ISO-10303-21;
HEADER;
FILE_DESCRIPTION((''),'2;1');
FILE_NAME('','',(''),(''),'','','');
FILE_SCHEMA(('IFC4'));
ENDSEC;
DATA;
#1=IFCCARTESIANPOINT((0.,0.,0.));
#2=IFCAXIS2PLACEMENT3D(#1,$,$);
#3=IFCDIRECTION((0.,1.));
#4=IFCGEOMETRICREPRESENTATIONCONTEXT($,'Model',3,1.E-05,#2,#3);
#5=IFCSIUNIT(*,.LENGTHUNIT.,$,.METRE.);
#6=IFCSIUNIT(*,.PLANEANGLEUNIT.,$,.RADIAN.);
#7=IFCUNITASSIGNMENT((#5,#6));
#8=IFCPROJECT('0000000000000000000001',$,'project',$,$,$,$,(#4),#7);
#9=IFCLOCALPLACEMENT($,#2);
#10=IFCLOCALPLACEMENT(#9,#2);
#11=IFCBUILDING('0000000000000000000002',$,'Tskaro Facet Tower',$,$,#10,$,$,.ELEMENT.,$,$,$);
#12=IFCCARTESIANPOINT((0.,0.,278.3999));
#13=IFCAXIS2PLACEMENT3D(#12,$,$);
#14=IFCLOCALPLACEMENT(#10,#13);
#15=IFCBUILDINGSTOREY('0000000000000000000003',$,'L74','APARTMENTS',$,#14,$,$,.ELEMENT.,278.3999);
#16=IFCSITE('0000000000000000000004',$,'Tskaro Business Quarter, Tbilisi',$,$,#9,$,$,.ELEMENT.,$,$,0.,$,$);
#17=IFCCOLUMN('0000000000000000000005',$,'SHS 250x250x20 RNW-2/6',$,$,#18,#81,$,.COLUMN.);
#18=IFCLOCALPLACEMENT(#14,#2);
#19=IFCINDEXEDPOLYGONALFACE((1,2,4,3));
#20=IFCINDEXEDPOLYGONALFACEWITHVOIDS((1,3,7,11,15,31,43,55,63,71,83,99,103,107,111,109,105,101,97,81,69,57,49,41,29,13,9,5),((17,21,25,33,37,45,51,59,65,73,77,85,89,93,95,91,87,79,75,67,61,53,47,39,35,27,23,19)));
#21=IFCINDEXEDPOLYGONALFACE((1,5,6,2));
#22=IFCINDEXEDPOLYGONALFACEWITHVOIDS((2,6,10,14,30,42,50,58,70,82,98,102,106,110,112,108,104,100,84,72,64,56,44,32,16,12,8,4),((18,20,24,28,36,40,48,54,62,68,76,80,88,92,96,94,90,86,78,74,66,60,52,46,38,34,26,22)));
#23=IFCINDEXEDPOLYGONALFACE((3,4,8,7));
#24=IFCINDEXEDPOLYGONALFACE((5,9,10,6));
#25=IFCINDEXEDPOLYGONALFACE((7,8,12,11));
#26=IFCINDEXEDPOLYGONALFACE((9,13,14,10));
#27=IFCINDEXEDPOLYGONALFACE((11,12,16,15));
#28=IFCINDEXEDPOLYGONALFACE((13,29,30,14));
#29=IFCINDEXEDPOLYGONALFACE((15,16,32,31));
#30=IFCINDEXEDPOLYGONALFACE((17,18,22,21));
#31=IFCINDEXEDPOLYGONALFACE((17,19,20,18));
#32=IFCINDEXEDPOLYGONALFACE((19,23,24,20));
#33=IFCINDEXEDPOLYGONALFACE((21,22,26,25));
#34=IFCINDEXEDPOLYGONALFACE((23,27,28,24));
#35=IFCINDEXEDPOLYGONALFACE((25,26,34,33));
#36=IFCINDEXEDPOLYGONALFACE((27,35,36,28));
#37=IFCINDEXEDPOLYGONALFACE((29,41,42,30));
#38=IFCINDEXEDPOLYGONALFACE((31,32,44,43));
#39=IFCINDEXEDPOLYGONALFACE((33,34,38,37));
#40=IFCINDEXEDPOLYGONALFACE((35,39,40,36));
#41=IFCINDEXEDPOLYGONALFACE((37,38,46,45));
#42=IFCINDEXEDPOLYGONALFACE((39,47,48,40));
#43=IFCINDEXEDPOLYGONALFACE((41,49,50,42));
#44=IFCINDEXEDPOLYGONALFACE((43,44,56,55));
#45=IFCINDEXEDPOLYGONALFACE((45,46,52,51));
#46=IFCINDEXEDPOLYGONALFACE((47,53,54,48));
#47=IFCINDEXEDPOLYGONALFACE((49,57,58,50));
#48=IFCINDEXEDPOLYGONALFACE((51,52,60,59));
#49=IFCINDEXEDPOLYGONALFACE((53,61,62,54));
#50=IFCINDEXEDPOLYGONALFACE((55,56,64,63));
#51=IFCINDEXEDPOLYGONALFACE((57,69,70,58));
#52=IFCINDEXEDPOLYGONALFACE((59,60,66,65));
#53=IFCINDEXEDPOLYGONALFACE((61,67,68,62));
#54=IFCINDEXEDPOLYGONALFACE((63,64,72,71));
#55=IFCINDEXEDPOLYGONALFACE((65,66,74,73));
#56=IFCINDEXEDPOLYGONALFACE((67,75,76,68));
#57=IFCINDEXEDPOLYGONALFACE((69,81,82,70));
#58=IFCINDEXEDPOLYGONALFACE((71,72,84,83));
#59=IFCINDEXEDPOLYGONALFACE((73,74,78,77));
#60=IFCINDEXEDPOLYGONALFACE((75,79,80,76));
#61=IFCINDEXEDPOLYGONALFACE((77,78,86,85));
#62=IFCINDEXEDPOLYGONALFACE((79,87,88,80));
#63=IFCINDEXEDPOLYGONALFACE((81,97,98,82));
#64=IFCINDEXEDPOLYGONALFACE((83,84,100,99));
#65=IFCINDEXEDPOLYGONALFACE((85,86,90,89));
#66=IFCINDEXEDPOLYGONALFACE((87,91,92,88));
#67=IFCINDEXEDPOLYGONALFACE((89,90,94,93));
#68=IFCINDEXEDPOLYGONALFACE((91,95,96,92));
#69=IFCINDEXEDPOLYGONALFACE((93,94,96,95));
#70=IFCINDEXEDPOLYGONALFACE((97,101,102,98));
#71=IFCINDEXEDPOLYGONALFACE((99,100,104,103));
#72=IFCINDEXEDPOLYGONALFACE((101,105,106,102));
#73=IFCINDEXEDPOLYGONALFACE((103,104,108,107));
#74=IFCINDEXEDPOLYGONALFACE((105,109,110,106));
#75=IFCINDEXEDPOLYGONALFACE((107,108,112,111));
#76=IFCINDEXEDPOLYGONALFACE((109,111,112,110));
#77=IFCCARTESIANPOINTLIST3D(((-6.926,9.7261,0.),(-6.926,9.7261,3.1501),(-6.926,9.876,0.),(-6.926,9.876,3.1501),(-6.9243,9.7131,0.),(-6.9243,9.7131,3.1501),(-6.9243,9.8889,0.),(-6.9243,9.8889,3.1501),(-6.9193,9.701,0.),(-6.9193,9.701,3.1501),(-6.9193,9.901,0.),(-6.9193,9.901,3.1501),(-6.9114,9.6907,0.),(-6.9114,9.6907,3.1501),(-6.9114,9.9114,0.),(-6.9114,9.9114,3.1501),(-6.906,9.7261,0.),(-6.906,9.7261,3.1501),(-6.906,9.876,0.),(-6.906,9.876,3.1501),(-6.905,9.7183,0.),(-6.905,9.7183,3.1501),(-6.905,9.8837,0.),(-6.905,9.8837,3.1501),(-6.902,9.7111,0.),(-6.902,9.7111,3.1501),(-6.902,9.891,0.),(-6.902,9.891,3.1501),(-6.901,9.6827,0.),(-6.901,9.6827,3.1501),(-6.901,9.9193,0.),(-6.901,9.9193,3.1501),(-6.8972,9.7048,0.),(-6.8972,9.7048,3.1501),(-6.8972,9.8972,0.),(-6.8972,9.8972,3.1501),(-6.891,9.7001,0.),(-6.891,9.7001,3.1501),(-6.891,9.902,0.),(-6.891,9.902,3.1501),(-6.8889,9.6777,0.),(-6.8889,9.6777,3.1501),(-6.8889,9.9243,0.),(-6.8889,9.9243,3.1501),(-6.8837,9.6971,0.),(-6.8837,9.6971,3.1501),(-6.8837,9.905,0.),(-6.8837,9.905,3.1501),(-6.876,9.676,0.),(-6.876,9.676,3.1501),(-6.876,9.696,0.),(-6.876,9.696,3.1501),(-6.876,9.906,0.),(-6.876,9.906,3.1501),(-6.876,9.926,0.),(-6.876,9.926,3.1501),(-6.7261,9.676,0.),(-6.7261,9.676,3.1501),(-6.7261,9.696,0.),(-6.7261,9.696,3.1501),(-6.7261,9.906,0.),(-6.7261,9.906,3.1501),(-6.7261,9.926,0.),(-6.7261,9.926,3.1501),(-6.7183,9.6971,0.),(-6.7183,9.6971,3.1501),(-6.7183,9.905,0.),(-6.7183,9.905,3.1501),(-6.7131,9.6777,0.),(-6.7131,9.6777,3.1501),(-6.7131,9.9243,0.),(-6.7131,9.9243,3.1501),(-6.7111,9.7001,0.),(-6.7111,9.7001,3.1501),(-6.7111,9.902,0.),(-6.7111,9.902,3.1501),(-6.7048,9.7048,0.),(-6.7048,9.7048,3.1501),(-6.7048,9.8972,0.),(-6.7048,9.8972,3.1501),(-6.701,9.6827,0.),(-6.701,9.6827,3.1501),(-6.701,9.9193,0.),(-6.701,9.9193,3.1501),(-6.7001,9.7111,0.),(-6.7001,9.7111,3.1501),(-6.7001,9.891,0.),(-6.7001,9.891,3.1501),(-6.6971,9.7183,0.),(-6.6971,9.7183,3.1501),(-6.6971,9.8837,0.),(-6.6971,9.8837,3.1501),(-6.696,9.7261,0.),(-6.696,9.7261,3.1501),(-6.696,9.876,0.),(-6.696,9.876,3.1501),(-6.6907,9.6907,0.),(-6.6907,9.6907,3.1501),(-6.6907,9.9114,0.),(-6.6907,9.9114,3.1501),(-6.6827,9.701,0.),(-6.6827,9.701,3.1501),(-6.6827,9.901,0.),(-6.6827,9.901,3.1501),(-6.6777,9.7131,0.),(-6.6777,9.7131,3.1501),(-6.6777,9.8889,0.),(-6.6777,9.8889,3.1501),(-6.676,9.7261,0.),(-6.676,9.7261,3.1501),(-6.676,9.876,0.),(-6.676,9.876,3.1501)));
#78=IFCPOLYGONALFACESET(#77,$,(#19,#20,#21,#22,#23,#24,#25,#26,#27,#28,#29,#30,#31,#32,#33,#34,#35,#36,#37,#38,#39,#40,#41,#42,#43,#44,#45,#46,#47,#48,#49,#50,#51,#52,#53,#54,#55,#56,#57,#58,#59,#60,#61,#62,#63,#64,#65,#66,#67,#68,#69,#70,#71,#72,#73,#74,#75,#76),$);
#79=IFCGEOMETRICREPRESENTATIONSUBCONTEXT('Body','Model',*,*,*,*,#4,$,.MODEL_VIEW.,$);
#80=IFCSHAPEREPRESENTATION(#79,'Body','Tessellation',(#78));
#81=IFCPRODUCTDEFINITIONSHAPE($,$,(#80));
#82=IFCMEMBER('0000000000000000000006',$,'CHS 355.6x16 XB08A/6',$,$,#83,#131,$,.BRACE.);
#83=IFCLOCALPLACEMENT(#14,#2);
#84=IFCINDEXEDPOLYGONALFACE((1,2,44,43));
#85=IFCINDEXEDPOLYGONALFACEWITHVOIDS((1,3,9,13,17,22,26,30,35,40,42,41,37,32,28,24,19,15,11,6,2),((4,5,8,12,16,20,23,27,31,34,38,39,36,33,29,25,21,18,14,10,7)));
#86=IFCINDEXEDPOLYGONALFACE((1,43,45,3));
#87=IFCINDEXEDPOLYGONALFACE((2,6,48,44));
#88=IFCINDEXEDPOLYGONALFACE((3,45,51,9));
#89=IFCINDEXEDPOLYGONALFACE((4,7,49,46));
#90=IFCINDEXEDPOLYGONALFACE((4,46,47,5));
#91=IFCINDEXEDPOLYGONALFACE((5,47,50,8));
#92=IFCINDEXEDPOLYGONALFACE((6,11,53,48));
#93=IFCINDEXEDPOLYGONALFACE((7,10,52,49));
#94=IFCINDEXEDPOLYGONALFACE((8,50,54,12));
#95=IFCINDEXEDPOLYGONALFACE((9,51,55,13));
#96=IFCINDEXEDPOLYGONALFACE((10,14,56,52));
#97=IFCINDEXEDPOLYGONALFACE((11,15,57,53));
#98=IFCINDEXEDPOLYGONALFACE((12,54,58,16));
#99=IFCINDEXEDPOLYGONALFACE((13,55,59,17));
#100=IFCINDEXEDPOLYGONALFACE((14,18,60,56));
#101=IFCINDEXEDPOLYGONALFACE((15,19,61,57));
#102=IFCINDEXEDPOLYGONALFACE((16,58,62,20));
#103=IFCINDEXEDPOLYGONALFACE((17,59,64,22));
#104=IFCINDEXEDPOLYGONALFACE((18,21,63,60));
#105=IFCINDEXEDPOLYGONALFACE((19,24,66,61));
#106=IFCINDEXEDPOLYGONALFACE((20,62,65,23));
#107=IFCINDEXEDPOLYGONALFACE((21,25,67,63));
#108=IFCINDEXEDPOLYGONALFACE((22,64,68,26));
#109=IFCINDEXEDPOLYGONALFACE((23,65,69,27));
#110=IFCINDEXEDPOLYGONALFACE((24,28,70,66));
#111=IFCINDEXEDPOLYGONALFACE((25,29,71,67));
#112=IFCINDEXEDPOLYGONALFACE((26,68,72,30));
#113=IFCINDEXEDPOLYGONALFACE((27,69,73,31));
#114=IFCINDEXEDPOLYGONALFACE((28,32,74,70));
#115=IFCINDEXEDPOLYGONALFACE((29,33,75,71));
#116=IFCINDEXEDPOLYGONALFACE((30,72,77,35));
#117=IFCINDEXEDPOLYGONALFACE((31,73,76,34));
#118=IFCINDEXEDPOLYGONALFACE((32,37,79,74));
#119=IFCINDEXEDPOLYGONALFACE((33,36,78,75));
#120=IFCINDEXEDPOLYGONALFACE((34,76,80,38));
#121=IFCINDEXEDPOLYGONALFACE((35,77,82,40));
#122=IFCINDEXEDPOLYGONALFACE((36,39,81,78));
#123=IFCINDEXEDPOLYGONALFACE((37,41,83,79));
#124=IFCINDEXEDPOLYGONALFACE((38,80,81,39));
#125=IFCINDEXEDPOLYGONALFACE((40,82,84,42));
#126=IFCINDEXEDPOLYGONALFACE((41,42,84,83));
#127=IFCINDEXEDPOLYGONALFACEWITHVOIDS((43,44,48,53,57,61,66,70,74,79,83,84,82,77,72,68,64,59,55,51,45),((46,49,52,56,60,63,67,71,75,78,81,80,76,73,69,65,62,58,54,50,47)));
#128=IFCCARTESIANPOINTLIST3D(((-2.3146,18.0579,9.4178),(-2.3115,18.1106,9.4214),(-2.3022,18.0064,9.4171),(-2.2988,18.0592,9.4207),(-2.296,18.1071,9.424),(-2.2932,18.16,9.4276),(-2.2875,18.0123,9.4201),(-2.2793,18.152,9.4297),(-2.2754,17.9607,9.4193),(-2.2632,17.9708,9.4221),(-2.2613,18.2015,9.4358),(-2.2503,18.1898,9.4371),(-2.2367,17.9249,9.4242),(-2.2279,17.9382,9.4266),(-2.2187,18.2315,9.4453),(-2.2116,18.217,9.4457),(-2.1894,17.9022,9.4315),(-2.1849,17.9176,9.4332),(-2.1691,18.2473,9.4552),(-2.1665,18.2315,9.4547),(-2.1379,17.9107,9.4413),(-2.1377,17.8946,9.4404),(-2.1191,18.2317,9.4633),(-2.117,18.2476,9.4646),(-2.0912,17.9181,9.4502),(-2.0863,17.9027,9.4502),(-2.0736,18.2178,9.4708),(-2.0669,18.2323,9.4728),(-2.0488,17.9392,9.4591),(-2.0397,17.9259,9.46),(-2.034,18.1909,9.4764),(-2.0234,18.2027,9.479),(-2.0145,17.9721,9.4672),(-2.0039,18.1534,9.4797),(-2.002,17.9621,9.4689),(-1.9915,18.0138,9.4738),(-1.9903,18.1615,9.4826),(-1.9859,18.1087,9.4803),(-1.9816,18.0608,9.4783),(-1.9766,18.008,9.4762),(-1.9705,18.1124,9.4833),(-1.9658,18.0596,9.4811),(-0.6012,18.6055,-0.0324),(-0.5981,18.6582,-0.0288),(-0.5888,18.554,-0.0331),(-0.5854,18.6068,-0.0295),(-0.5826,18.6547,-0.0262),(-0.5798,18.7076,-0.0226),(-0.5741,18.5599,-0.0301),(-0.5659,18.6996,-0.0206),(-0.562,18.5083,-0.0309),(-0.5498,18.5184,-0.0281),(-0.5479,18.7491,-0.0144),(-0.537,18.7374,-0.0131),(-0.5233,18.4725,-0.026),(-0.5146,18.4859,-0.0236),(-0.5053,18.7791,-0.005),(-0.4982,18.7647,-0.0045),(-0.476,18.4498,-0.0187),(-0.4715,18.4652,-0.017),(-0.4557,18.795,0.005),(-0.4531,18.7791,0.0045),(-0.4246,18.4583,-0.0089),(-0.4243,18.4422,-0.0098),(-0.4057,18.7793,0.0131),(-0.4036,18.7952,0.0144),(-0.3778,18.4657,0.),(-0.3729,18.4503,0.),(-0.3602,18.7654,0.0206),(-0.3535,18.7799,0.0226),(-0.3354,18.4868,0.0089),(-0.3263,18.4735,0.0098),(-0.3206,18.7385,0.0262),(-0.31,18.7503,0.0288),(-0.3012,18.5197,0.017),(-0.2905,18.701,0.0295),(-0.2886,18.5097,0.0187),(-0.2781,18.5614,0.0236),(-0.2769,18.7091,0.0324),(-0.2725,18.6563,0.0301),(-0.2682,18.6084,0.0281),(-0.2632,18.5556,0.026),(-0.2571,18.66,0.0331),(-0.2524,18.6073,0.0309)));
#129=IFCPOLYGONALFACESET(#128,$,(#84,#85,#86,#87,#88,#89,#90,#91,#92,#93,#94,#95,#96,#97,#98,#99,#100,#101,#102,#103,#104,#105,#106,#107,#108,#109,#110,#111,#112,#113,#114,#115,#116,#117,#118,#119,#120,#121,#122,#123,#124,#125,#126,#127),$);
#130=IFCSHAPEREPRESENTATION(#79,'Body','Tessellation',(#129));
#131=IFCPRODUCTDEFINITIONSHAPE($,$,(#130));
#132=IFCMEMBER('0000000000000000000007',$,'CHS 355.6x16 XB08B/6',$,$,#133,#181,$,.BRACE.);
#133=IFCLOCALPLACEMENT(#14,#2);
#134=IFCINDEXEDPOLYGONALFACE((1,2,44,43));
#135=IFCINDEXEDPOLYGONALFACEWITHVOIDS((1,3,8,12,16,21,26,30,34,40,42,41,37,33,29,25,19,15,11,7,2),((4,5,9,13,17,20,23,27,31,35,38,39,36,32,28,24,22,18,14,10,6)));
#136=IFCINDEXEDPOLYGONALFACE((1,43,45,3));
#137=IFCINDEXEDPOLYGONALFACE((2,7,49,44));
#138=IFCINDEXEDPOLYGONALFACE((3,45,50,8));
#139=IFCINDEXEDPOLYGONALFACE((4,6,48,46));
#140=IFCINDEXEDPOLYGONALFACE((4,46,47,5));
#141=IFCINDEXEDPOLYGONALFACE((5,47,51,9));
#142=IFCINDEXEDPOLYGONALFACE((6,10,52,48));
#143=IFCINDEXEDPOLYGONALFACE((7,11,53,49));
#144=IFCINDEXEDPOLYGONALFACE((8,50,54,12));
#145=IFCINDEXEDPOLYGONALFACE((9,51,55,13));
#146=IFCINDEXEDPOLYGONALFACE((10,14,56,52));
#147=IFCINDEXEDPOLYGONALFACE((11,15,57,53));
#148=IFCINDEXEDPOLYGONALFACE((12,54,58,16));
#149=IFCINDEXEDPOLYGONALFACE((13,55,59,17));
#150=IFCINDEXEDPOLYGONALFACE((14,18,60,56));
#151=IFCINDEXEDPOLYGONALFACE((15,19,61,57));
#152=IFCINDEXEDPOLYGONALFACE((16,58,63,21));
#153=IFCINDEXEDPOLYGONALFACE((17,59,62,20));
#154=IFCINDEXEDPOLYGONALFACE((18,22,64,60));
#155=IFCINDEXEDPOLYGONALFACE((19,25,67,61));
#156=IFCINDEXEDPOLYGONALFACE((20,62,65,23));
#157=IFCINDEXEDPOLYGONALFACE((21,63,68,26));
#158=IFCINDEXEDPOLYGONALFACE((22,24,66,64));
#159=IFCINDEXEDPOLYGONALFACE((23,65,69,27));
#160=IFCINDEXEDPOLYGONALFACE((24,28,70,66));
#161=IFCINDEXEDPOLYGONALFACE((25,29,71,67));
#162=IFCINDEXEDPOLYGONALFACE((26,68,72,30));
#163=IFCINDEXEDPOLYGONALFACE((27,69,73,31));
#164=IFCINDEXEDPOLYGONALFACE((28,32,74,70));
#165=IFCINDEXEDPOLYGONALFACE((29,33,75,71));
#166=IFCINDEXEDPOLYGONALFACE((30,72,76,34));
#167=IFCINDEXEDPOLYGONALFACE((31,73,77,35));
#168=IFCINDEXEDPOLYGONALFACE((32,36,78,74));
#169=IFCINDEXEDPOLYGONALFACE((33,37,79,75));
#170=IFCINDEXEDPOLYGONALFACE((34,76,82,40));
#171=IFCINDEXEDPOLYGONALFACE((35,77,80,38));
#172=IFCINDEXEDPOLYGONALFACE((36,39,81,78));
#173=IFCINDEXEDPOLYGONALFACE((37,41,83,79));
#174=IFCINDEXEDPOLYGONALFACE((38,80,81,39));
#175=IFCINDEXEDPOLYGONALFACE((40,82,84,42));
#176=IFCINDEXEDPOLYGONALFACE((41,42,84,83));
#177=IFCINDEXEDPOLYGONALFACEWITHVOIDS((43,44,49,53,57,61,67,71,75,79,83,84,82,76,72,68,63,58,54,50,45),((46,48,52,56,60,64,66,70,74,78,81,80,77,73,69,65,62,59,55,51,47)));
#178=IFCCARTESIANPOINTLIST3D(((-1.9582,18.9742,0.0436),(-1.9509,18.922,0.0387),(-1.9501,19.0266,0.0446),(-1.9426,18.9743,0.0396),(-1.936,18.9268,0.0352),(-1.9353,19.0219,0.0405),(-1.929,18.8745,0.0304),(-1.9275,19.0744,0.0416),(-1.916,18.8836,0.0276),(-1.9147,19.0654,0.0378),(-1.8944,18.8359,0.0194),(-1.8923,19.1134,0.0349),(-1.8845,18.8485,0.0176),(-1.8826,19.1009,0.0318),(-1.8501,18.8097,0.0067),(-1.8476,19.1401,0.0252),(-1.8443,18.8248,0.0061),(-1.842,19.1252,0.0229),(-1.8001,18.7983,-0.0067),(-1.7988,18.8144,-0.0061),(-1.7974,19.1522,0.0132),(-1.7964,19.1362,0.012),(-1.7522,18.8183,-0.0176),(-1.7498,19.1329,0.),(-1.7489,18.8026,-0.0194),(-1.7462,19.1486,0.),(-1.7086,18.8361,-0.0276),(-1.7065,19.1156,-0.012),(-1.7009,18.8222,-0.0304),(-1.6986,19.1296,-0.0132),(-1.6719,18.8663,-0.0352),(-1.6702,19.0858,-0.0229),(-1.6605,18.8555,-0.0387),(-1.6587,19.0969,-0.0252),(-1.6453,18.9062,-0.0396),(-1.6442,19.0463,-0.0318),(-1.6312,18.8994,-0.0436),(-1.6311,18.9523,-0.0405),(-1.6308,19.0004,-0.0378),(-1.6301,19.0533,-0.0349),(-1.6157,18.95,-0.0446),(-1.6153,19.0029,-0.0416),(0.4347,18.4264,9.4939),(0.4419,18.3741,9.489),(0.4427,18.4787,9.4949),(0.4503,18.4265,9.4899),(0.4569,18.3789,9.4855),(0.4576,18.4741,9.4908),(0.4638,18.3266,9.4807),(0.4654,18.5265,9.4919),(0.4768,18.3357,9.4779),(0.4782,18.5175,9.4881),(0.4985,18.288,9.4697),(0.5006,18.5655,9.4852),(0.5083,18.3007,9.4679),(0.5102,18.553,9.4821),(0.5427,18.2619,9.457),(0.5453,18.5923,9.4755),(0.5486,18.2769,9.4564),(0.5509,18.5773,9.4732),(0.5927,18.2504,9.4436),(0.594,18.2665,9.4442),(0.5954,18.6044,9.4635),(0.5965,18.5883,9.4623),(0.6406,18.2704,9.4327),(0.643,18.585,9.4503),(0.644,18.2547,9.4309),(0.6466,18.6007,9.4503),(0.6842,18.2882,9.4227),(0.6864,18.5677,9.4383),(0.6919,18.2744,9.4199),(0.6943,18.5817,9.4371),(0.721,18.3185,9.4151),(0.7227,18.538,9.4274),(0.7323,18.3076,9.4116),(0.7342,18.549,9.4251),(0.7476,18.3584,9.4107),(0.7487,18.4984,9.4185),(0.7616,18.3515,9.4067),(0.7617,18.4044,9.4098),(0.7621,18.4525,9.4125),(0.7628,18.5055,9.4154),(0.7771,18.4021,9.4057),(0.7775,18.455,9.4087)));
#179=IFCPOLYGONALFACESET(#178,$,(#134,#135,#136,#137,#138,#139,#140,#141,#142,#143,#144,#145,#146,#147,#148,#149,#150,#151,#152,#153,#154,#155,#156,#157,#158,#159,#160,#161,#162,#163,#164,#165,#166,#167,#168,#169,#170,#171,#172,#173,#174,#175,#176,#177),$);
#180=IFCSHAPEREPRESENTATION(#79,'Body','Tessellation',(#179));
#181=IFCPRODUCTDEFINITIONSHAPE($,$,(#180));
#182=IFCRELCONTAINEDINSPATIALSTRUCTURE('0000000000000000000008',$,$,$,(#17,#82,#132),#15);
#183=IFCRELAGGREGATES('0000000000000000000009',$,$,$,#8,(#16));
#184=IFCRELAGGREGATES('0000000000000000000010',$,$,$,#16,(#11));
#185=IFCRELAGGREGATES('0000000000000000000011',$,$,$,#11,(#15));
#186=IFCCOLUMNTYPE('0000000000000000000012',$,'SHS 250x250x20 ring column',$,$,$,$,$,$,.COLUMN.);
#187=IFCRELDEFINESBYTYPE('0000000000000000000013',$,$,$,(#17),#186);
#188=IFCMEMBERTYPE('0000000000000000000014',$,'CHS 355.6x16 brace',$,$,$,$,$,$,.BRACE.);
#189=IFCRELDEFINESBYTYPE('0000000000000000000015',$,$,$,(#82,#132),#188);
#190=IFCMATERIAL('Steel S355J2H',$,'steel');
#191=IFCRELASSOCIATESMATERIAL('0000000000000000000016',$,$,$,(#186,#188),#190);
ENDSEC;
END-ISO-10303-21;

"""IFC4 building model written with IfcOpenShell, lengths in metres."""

from ifc_helpers import new_model, si_unit, direction, frame, origin, origin_2d, place, context, subcontext, project, spatial, hollow_rectangle, hollow_circle, extrude, material, material_profile, profile_set, type_object, element, save


model = new_model("IFC4")

# Units and contexts
model_context = context("Model", 3, precision=1e-05, world=origin(), true_north=direction((0.0, 1.0)))
body_context = subcontext(model_context, "Body", "Model", "MODEL_VIEW")
ifc_project = project(units=[si_unit("LENGTHUNIT", "METRE"), si_unit("PLANEANGLEUNIT", "RADIAN")], contexts=[model_context])

# Site, building, storey
site_placement = place(None, origin())
site = spatial("IfcSite", under=ifc_project, at=site_placement, Name="Tskaro Business Quarter, Tbilisi", CompositionType="ELEMENT", RefElevation=0.0)
building_placement = place(site_placement, origin())
building = spatial("IfcBuilding", under=site, at=building_placement, Name="Tskaro Facet Tower", CompositionType="ELEMENT")
storey_placement = place(building_placement, frame((0.0, 0.0, 278.3999)))
storey = spatial("IfcBuildingStorey", under=building, at=storey_placement, Name="L74", Description="APARTMENTS", CompositionType="ELEMENT", Elevation=278.3999)

# Column
ifc_material_1 = material(Name="Steel S355J2H", Category="steel")
ifc_material_profile_1 = material_profile(ifc_material_1, hollow_rectangle(XDim=0.25, YDim=0.25, WallThickness=0.02, InnerFilletRadius=0.03, OuterFilletRadius=0.05, at=origin_2d()), Name="SHS 250x250x20")
ifc_profile_set_1 = profile_set([ifc_material_profile_1], Name="Steel S355J2H")
column_type_1 = type_object("IfcColumnType", Name="SHS 250x250x20 ring column", PredefinedType="COLUMN", material=ifc_profile_set_1)
for number, where, z_axis, x_axis, name in (
    (1, (-6.801, 9.801, 0.0), (0.0, 0.0, 1.0), (1.0, 0.0, 0.0), "SHS 250x250x20 RNW-2/6"),
):
    element("IfcColumn", number, at=place(storey_placement, frame(where, z_axis=z_axis, x_axis=x_axis)), inside=storey, type_object=column_type_1, Name=name, PredefinedType="COLUMN", context=body_context, shape_type="SweptSolid", body=[
        extrude(hollow_rectangle(XDim=0.25, YDim=0.25, WallThickness=0.02, InnerFilletRadius=0.03, OuterFilletRadius=0.05, at=origin_2d()), origin(), (0.0, 0.0, 1.0), 3.1501),
    ])

# Members
ifc_material_profile_2 = material_profile(ifc_material_1, hollow_circle(Radius=0.1777, WallThickness=0.0161, at=origin_2d()), Name="CHS 355.6x16")
ifc_profile_set_2 = profile_set([ifc_material_profile_2], Name="Steel S355J2H")
member_type_1 = type_object("IfcMemberType", Name="CHS 355.6x16 brace", PredefinedType="BRACE", material=ifc_profile_set_2)
member_1_placement = place(storey_placement, frame((-0.427, 18.6196, 0.0), z_axis=(-0.178108, -0.056925, 0.982363), x_axis=(0.304436, -0.952533, 0.0)))
element("IfcMember", 2, at=member_1_placement, inside=storey, type_object=member_type_1, Name="CHS 355.6x16 XB08A/6", PredefinedType="BRACE", context=body_context, shape_type="SweptSolid", body=[
    extrude(hollow_circle(Radius=0.1777, WallThickness=0.0161, at=origin_2d()), origin(), (0.0, 0.0, 1.0), 9.6199),
])
member_2_placement = place(storey_placement, frame((-1.7859, 18.9753, 0.0), z_axis=(0.245071, -0.05611, 0.96788), x_axis=(0.223181, 0.974777, 0.0)))
element("IfcMember", 3, at=member_2_placement, inside=storey, type_object=member_type_1, Name="CHS 355.6x16 XB08B/6", PredefinedType="BRACE", context=body_context, shape_type="SweptSolid", body=[
    extrude(hollow_circle(Radius=0.1777, WallThickness=0.0161, at=origin_2d()), origin(), (0.0, 0.0, 1.0), 9.7639),
])

save(model, "model.ifc")
